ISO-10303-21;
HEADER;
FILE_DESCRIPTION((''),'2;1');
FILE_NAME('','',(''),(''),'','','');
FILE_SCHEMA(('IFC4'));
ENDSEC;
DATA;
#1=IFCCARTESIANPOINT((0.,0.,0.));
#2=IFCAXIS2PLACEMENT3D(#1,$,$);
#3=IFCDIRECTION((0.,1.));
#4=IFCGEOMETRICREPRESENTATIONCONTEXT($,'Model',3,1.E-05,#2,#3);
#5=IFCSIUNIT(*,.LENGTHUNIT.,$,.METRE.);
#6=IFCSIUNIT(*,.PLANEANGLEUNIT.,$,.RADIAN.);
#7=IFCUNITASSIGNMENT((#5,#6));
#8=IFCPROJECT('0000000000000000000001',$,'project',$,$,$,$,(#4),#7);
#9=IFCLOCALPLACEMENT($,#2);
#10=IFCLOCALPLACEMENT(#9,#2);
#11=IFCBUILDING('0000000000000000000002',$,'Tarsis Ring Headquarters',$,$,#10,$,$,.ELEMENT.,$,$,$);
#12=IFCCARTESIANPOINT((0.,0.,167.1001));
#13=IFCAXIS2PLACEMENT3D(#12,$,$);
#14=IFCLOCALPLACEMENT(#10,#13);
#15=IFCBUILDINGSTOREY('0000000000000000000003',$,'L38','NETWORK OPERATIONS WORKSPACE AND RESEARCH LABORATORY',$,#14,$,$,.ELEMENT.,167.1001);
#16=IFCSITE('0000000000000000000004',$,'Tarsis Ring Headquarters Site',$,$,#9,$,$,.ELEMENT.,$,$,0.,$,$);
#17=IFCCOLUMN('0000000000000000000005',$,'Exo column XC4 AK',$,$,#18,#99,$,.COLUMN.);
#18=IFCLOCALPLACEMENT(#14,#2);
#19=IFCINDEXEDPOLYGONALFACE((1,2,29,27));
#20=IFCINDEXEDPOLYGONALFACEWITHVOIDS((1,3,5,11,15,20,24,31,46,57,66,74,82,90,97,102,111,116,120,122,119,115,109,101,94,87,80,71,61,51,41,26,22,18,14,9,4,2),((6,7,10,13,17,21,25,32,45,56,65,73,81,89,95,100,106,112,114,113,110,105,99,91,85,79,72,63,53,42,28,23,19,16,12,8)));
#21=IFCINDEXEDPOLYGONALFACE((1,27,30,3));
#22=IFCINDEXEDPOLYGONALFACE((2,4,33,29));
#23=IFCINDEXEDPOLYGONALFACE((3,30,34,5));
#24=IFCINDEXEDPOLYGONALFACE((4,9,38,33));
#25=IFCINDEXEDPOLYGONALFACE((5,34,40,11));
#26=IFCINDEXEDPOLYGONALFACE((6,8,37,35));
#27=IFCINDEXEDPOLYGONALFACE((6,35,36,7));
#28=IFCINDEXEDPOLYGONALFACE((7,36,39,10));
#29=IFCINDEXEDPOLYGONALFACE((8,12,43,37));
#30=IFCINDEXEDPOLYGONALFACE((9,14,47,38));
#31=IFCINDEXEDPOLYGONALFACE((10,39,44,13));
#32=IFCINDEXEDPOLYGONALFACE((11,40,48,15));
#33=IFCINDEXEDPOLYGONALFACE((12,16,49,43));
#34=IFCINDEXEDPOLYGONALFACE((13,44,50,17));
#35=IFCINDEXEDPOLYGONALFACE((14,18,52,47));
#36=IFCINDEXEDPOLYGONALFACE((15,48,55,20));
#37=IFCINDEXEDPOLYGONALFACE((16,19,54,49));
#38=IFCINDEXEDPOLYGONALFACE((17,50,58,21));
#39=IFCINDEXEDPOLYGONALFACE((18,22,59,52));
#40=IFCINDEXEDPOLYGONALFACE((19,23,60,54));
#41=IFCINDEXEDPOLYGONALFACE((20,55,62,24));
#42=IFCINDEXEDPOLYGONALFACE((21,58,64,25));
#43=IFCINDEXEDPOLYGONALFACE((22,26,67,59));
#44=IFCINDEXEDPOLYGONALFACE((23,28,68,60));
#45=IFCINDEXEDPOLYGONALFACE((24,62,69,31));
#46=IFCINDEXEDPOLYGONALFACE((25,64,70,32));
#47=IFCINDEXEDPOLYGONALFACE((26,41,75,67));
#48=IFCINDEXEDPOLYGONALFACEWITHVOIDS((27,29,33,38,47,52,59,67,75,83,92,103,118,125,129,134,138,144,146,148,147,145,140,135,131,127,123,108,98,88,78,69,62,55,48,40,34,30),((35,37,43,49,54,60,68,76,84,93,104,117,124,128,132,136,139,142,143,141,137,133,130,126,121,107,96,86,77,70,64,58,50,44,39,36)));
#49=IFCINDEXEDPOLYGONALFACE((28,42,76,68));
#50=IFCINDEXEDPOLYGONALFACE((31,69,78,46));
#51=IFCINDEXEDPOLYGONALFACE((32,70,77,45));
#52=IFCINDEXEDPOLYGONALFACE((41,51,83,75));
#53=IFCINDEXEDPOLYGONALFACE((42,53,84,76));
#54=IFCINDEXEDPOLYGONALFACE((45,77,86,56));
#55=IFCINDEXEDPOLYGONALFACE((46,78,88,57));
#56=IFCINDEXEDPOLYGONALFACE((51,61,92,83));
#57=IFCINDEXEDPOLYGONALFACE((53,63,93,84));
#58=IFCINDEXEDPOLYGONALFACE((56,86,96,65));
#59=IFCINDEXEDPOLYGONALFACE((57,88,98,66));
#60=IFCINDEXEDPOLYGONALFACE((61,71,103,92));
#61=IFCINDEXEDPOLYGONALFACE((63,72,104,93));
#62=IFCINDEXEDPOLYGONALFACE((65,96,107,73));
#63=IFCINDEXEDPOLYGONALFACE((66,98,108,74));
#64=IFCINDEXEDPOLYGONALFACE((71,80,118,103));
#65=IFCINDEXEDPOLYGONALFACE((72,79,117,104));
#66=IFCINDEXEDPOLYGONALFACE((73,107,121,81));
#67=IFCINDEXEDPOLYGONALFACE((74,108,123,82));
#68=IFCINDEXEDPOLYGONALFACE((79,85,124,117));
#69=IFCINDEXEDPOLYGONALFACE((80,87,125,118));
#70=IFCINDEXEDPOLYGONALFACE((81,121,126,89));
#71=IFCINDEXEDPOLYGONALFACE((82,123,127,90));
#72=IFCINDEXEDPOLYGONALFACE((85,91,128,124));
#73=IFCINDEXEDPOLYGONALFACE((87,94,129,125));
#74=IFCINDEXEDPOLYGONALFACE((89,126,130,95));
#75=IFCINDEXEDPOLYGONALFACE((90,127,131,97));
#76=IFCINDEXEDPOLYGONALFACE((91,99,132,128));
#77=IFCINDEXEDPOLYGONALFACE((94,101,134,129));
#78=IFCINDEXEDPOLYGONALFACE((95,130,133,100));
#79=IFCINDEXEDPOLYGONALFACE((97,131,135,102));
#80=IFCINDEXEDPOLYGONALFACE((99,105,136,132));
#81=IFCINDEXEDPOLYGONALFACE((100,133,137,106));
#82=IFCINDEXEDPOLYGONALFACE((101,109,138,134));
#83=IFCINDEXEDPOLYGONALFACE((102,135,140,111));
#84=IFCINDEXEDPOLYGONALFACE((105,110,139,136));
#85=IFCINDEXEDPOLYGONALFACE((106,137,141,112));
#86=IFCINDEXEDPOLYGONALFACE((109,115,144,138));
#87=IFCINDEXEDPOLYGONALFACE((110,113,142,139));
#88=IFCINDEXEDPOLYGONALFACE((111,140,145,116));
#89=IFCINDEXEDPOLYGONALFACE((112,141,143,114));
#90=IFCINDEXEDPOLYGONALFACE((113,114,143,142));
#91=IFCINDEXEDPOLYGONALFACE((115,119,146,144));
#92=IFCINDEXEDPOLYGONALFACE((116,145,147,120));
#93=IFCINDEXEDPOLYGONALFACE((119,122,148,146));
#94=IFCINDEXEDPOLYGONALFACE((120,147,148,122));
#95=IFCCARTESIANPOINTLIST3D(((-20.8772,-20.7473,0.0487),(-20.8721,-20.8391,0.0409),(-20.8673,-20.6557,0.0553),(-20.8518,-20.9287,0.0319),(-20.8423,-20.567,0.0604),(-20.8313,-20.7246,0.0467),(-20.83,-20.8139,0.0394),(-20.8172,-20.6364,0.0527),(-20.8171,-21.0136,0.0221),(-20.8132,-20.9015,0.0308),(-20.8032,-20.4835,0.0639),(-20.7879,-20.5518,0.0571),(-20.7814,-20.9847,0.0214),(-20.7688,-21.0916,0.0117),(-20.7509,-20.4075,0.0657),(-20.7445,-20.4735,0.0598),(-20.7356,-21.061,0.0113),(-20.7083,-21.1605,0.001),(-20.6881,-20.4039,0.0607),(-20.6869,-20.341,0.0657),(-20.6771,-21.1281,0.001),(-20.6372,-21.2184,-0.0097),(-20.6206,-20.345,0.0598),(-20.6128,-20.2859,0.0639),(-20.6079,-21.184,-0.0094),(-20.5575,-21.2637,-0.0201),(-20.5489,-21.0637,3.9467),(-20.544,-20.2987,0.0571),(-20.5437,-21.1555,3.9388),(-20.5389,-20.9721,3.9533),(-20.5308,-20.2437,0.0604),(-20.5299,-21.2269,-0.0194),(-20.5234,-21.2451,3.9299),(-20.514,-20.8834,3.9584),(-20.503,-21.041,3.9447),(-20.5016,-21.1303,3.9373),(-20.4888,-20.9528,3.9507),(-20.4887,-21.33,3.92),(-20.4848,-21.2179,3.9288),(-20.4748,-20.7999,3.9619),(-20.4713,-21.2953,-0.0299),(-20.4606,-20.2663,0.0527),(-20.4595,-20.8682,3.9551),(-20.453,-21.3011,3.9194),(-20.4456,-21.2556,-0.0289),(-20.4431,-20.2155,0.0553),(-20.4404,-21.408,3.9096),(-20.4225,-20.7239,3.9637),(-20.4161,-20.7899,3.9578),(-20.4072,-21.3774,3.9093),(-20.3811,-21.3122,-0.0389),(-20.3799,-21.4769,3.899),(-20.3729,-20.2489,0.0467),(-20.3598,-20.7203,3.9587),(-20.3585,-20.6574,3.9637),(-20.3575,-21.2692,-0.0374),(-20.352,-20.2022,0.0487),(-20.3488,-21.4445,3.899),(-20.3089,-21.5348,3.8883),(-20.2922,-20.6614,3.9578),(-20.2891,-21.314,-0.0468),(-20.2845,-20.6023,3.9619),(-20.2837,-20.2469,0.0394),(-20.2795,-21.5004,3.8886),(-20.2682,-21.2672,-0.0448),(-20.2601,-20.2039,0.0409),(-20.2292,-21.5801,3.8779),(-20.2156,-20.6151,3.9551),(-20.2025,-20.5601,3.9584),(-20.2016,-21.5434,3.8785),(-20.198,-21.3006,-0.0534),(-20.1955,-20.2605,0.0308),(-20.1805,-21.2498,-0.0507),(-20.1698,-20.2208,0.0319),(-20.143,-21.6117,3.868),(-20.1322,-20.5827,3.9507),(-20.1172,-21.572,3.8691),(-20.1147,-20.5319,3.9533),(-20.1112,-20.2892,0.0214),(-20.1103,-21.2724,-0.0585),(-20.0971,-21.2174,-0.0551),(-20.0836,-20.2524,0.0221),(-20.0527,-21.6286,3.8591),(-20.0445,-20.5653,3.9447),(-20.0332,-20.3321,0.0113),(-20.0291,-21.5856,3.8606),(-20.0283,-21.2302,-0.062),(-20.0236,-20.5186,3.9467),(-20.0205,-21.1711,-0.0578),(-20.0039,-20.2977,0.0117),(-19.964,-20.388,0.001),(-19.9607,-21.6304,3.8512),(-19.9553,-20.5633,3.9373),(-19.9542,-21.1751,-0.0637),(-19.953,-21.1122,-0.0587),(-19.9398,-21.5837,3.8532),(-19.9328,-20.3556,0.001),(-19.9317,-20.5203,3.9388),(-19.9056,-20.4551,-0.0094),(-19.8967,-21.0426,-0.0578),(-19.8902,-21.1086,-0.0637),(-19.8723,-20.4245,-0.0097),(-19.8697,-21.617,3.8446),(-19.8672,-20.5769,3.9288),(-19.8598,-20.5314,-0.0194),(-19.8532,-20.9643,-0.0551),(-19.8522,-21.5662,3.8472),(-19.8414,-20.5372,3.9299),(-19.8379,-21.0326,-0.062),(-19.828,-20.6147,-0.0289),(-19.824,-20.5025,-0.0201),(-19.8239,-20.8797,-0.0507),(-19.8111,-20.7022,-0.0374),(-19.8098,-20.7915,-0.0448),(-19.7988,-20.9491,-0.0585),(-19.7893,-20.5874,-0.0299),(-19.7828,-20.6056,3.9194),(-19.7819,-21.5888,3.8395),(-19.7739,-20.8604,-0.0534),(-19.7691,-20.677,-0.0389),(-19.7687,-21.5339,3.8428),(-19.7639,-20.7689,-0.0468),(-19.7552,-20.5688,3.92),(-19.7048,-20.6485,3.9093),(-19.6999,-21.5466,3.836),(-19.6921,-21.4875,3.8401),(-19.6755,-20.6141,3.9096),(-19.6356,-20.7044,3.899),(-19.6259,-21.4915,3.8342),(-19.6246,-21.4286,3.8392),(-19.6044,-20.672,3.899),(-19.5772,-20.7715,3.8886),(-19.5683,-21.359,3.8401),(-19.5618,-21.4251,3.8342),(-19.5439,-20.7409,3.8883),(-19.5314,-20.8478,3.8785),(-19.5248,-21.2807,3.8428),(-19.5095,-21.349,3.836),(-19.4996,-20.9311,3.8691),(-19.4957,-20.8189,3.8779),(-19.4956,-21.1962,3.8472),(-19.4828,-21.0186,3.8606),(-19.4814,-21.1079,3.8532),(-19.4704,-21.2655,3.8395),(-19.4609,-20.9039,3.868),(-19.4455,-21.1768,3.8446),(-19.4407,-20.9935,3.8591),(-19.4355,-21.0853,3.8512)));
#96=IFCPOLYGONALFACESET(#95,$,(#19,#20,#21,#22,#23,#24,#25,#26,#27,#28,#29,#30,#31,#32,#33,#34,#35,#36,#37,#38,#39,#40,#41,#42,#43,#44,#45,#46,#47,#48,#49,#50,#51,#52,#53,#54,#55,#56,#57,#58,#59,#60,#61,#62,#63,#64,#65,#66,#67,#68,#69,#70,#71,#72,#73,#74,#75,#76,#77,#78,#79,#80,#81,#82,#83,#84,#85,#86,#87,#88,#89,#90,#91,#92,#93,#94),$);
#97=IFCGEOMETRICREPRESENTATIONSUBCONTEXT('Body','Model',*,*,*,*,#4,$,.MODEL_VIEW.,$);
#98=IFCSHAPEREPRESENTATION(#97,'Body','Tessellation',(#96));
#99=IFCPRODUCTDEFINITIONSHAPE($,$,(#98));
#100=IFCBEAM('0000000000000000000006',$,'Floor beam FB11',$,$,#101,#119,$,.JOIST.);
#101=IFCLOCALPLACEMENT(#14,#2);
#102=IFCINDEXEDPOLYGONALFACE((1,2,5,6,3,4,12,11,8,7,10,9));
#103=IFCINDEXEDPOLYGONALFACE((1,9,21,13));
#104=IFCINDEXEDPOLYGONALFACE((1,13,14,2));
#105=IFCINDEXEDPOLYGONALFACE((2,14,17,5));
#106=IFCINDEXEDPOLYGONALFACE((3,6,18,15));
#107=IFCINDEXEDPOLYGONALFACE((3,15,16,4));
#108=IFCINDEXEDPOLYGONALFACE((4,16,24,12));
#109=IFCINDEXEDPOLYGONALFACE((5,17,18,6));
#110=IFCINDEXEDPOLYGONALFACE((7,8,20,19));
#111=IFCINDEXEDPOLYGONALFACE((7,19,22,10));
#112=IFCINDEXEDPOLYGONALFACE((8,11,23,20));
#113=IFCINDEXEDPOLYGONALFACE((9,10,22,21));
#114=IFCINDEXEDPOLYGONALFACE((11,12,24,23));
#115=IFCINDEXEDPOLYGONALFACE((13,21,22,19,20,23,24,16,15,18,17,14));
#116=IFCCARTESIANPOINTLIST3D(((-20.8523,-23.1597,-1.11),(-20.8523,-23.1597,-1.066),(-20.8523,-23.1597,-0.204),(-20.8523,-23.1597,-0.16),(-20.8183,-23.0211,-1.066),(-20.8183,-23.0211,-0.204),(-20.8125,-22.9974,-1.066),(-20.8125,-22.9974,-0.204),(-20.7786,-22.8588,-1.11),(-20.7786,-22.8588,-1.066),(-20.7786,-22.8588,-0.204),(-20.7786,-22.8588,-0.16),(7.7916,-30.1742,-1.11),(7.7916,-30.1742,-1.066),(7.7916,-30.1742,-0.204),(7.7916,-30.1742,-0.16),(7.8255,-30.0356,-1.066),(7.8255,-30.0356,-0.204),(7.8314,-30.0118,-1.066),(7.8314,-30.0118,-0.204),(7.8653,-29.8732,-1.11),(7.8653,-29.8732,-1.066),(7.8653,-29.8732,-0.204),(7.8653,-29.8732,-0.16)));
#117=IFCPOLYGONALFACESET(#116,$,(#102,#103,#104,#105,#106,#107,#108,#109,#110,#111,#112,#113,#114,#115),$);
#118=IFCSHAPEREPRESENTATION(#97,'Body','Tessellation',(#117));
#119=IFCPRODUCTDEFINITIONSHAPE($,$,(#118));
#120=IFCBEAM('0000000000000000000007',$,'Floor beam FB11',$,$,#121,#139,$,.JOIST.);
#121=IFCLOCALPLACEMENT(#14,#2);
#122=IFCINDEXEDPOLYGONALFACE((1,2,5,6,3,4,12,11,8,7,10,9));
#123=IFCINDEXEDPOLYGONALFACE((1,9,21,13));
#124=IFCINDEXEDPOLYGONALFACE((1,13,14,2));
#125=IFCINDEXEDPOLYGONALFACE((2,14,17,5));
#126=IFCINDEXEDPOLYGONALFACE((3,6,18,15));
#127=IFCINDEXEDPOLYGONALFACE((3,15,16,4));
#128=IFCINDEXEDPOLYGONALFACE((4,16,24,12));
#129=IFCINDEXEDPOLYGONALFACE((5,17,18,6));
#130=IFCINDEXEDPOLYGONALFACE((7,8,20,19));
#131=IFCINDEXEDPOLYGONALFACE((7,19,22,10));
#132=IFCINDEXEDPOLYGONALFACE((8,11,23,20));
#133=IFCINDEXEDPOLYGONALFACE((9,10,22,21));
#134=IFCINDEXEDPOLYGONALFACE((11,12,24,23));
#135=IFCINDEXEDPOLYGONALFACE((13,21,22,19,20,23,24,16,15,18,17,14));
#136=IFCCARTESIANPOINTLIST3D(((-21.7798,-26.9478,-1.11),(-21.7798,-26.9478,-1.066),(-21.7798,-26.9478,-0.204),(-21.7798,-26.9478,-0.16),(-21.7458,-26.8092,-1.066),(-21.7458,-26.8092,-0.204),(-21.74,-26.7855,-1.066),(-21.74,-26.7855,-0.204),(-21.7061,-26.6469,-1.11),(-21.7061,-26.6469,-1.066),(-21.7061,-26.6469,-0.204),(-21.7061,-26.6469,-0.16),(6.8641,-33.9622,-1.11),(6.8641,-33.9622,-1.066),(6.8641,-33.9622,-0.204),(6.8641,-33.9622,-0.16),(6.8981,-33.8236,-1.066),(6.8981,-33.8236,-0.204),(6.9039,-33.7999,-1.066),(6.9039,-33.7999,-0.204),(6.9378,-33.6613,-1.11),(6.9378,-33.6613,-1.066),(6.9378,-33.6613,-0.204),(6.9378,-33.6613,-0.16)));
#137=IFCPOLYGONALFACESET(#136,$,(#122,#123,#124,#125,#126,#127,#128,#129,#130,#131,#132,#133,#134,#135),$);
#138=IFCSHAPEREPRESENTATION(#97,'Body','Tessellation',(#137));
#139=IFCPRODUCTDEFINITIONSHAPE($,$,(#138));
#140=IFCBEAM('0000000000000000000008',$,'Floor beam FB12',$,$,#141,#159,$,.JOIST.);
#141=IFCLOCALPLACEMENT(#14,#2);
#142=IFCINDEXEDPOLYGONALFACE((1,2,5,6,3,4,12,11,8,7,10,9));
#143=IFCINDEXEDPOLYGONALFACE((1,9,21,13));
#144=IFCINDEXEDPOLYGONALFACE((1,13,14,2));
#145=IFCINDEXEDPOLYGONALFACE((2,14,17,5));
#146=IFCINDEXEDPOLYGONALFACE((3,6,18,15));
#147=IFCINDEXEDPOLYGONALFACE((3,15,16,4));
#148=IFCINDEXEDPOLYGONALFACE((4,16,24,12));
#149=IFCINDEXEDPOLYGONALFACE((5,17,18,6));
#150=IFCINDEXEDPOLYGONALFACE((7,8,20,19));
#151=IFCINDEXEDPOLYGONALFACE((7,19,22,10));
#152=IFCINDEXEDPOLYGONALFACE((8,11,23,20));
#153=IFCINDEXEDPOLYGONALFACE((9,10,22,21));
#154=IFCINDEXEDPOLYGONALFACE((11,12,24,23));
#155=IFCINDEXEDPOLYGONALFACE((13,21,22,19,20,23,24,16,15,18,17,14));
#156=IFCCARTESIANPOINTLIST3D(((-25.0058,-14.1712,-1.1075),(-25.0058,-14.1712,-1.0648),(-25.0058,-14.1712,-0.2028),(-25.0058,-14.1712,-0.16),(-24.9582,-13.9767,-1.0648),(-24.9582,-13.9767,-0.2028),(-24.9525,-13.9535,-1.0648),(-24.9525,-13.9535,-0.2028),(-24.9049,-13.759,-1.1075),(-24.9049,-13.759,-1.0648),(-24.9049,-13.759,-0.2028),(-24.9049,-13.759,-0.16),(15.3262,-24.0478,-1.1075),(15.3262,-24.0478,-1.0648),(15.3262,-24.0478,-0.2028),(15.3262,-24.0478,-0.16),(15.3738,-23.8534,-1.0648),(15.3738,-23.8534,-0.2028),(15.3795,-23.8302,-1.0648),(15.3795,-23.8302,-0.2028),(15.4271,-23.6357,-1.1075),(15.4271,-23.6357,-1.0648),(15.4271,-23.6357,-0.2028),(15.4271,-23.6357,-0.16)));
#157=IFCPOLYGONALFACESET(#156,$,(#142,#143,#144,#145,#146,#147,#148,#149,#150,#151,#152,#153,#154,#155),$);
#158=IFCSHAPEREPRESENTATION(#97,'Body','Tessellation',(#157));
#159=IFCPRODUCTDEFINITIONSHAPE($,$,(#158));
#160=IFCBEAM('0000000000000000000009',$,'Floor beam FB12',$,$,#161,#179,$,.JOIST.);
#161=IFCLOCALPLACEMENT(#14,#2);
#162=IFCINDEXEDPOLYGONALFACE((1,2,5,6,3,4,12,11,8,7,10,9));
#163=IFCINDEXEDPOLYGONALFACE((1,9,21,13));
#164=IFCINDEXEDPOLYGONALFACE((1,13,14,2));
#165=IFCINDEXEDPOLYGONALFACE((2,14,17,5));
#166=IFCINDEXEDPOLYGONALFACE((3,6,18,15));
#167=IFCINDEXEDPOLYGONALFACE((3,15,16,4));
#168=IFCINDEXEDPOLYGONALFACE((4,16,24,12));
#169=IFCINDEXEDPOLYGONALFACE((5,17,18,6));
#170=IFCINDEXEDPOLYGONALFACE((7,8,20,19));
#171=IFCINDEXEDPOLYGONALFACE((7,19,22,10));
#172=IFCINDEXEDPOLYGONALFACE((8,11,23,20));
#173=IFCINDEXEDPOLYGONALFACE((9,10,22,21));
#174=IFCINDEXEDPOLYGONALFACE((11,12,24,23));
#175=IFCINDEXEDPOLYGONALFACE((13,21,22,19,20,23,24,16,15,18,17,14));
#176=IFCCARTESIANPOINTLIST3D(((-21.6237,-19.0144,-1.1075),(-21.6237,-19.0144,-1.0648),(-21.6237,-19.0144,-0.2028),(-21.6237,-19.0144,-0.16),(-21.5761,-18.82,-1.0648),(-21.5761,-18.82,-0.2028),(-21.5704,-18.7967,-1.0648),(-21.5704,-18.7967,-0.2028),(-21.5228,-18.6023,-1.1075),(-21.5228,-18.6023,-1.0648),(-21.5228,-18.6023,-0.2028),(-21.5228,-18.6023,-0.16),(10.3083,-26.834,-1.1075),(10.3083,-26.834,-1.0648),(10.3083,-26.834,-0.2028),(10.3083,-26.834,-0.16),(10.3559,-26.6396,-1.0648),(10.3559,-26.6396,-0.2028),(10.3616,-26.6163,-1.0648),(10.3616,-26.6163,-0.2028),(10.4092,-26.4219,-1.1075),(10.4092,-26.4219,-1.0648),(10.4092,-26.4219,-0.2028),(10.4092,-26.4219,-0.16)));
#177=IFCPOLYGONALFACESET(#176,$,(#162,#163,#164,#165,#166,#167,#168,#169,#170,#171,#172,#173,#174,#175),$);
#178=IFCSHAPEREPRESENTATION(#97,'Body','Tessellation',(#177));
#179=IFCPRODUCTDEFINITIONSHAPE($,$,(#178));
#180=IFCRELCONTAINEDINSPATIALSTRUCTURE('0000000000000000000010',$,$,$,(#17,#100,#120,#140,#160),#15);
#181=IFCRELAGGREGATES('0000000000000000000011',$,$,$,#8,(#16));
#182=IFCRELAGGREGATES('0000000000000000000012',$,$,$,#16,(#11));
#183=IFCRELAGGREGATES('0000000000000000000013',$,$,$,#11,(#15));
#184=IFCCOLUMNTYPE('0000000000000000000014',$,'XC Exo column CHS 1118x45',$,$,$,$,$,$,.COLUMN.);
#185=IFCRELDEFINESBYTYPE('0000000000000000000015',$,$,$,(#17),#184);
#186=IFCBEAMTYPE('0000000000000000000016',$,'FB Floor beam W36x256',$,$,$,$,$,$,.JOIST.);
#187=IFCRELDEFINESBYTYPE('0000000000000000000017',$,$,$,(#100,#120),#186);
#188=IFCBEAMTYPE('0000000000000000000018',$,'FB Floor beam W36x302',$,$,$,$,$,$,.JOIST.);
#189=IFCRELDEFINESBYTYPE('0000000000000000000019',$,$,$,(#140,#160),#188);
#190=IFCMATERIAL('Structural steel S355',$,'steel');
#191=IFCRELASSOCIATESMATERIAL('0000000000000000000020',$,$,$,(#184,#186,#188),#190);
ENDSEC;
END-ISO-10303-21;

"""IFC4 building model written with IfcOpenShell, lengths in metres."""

from ifc_helpers import new_model, si_unit, direction, frame, origin, origin_2d, place, context, subcontext, project, spatial, hollow_circle, i_section, extrude, material, material_profile, profile_set, type_object, element, save


model = new_model("IFC4")

# Units and contexts
model_context = context("Model", 3, precision=1e-05, world=origin(), true_north=direction((0.0, 1.0)))
body_context = subcontext(model_context, "Body", "Model", "MODEL_VIEW")
ifc_project = project(units=[si_unit("LENGTHUNIT", "METRE"), si_unit("PLANEANGLEUNIT", "RADIAN")], contexts=[model_context])

# Site, building, storey
site_placement = place(None, origin())
site = spatial("IfcSite", under=ifc_project, at=site_placement, Name="Tarsis Ring Headquarters Site", CompositionType="ELEMENT", RefElevation=0.0)
building_placement = place(site_placement, origin())
building = spatial("IfcBuilding", under=site, at=building_placement, Name="Tarsis Ring Headquarters", CompositionType="ELEMENT")
storey_placement = place(building_placement, frame((0.0, 0.0, 167.1001)))
storey = spatial("IfcBuildingStorey", under=building, at=storey_placement, Name="L38", Description="NETWORK OPERATIONS WORKSPACE AND RESEARCH LABORATORY", CompositionType="ELEMENT", Elevation=167.1001)

# Column
ifc_material_1 = material(Name="Structural steel S355", Category="steel")
ifc_material_profile_1 = material_profile(ifc_material_1, hollow_circle(Radius=0.5588, WallThickness=0.0449, at=origin_2d()), Name="CHS 1118x45")
ifc_profile_set_1 = profile_set([ifc_material_profile_1], Name="Structural steel S355")
column_type = type_object("IfcColumnType", Name="XC Exo column CHS 1118x45", PredefinedType="COLUMN", material=ifc_profile_set_1)
column_placement = place(storey_placement, frame((-20.3206, -20.7581, 0.001), z_axis=(0.083671, -0.080623, 0.993227), x_axis=(0.693868, 0.720102, 0.0)))
element("IfcColumn", 1, at=column_placement, inside=storey, type_object=column_type, Name="Exo column XC4 AK", PredefinedType="COLUMN", context=body_context, shape_type="SweptSolid", body=[
    extrude(hollow_circle(Radius=0.5588, WallThickness=0.0449, at=origin_2d()), origin(), (0.0, 0.0, 1.0), 3.9246),
])

# Beams
ifc_material_profile_2 = material_profile(ifc_material_1, i_section(OverallWidth=0.3098, OverallDepth=0.95, WebThickness=0.0244, FlangeThickness=0.0439, at=origin_2d()), Name="W36x256")
ifc_profile_set_2 = profile_set([ifc_material_profile_2], Name="Structural steel S355")
beam_type_1 = type_object("IfcBeamType", Name="FB Floor beam W36x256", PredefinedType="JOIST", material=ifc_profile_set_2)
for number, where, z_axis, x_axis, name in (
    (2, (-20.8154, -23.0093, -0.635), (0.9713, -0.237856, 0.0), (0.237856, 0.9713, 0.0), "Floor beam FB11"),
    (3, (-21.7429, -26.7974, -0.635), (0.9713, -0.237856, 0.0), (0.237856, 0.9713, 0.0), "Floor beam FB11"),
):
    element("IfcBeam", number, at=place(storey_placement, frame(where, z_axis=z_axis, x_axis=x_axis)), inside=storey, type_object=beam_type_1, Name=name, PredefinedType="JOIST", context=body_context, shape_type="SweptSolid", body=[
        extrude(i_section(OverallWidth=0.3098, OverallDepth=0.95, WebThickness=0.0244, FlangeThickness=0.0439, at=origin_2d()), origin(), (0.0, 0.0, 1.0), 29.4902),
    ])
ifc_material_profile_3 = material_profile(ifc_material_1, i_section(OverallWidth=0.4243, OverallDepth=0.9475, WebThickness=0.0239, FlangeThickness=0.0427, at=origin_2d()), Name="W36x302")
ifc_profile_set_3 = profile_set([ifc_material_profile_3], Name="Structural steel S355")
beam_type_2 = type_object("IfcBeamType", Name="FB Floor beam W36x302", PredefinedType="JOIST", material=ifc_profile_set_3)
beam_1_placement = place(storey_placement, frame((-24.9553, -13.9651, -0.6338), z_axis=(0.9713, -0.237857, 0.0), x_axis=(0.237857, 0.9713, 0.0)))
element("IfcBeam", 4, at=beam_1_placement, inside=storey, type_object=beam_type_2, Name="Floor beam FB12", PredefinedType="JOIST", context=body_context, shape_type="SweptSolid", body=[
    extrude(i_section(OverallWidth=0.4243, OverallDepth=0.9475, WebThickness=0.0239, FlangeThickness=0.0427, at=origin_2d()), origin(), (0.0, 0.0, 1.0), 41.5237),
])
beam_2_placement = place(storey_placement, frame((-21.5732, -18.8083, -0.6338), z_axis=(0.971301, -0.237855, 0.0), x_axis=(0.237855, 0.971301, 0.0)))
element("IfcBeam", 5, at=beam_2_placement, inside=storey, type_object=beam_type_2, Name="Floor beam FB12", PredefinedType="JOIST", context=body_context, shape_type="SweptSolid", body=[
    extrude(i_section(OverallWidth=0.4243, OverallDepth=0.9475, WebThickness=0.0239, FlangeThickness=0.0427, at=origin_2d()), origin(), (0.0, 0.0, 1.0), 32.8755),
])

save(model, "model.ifc")
